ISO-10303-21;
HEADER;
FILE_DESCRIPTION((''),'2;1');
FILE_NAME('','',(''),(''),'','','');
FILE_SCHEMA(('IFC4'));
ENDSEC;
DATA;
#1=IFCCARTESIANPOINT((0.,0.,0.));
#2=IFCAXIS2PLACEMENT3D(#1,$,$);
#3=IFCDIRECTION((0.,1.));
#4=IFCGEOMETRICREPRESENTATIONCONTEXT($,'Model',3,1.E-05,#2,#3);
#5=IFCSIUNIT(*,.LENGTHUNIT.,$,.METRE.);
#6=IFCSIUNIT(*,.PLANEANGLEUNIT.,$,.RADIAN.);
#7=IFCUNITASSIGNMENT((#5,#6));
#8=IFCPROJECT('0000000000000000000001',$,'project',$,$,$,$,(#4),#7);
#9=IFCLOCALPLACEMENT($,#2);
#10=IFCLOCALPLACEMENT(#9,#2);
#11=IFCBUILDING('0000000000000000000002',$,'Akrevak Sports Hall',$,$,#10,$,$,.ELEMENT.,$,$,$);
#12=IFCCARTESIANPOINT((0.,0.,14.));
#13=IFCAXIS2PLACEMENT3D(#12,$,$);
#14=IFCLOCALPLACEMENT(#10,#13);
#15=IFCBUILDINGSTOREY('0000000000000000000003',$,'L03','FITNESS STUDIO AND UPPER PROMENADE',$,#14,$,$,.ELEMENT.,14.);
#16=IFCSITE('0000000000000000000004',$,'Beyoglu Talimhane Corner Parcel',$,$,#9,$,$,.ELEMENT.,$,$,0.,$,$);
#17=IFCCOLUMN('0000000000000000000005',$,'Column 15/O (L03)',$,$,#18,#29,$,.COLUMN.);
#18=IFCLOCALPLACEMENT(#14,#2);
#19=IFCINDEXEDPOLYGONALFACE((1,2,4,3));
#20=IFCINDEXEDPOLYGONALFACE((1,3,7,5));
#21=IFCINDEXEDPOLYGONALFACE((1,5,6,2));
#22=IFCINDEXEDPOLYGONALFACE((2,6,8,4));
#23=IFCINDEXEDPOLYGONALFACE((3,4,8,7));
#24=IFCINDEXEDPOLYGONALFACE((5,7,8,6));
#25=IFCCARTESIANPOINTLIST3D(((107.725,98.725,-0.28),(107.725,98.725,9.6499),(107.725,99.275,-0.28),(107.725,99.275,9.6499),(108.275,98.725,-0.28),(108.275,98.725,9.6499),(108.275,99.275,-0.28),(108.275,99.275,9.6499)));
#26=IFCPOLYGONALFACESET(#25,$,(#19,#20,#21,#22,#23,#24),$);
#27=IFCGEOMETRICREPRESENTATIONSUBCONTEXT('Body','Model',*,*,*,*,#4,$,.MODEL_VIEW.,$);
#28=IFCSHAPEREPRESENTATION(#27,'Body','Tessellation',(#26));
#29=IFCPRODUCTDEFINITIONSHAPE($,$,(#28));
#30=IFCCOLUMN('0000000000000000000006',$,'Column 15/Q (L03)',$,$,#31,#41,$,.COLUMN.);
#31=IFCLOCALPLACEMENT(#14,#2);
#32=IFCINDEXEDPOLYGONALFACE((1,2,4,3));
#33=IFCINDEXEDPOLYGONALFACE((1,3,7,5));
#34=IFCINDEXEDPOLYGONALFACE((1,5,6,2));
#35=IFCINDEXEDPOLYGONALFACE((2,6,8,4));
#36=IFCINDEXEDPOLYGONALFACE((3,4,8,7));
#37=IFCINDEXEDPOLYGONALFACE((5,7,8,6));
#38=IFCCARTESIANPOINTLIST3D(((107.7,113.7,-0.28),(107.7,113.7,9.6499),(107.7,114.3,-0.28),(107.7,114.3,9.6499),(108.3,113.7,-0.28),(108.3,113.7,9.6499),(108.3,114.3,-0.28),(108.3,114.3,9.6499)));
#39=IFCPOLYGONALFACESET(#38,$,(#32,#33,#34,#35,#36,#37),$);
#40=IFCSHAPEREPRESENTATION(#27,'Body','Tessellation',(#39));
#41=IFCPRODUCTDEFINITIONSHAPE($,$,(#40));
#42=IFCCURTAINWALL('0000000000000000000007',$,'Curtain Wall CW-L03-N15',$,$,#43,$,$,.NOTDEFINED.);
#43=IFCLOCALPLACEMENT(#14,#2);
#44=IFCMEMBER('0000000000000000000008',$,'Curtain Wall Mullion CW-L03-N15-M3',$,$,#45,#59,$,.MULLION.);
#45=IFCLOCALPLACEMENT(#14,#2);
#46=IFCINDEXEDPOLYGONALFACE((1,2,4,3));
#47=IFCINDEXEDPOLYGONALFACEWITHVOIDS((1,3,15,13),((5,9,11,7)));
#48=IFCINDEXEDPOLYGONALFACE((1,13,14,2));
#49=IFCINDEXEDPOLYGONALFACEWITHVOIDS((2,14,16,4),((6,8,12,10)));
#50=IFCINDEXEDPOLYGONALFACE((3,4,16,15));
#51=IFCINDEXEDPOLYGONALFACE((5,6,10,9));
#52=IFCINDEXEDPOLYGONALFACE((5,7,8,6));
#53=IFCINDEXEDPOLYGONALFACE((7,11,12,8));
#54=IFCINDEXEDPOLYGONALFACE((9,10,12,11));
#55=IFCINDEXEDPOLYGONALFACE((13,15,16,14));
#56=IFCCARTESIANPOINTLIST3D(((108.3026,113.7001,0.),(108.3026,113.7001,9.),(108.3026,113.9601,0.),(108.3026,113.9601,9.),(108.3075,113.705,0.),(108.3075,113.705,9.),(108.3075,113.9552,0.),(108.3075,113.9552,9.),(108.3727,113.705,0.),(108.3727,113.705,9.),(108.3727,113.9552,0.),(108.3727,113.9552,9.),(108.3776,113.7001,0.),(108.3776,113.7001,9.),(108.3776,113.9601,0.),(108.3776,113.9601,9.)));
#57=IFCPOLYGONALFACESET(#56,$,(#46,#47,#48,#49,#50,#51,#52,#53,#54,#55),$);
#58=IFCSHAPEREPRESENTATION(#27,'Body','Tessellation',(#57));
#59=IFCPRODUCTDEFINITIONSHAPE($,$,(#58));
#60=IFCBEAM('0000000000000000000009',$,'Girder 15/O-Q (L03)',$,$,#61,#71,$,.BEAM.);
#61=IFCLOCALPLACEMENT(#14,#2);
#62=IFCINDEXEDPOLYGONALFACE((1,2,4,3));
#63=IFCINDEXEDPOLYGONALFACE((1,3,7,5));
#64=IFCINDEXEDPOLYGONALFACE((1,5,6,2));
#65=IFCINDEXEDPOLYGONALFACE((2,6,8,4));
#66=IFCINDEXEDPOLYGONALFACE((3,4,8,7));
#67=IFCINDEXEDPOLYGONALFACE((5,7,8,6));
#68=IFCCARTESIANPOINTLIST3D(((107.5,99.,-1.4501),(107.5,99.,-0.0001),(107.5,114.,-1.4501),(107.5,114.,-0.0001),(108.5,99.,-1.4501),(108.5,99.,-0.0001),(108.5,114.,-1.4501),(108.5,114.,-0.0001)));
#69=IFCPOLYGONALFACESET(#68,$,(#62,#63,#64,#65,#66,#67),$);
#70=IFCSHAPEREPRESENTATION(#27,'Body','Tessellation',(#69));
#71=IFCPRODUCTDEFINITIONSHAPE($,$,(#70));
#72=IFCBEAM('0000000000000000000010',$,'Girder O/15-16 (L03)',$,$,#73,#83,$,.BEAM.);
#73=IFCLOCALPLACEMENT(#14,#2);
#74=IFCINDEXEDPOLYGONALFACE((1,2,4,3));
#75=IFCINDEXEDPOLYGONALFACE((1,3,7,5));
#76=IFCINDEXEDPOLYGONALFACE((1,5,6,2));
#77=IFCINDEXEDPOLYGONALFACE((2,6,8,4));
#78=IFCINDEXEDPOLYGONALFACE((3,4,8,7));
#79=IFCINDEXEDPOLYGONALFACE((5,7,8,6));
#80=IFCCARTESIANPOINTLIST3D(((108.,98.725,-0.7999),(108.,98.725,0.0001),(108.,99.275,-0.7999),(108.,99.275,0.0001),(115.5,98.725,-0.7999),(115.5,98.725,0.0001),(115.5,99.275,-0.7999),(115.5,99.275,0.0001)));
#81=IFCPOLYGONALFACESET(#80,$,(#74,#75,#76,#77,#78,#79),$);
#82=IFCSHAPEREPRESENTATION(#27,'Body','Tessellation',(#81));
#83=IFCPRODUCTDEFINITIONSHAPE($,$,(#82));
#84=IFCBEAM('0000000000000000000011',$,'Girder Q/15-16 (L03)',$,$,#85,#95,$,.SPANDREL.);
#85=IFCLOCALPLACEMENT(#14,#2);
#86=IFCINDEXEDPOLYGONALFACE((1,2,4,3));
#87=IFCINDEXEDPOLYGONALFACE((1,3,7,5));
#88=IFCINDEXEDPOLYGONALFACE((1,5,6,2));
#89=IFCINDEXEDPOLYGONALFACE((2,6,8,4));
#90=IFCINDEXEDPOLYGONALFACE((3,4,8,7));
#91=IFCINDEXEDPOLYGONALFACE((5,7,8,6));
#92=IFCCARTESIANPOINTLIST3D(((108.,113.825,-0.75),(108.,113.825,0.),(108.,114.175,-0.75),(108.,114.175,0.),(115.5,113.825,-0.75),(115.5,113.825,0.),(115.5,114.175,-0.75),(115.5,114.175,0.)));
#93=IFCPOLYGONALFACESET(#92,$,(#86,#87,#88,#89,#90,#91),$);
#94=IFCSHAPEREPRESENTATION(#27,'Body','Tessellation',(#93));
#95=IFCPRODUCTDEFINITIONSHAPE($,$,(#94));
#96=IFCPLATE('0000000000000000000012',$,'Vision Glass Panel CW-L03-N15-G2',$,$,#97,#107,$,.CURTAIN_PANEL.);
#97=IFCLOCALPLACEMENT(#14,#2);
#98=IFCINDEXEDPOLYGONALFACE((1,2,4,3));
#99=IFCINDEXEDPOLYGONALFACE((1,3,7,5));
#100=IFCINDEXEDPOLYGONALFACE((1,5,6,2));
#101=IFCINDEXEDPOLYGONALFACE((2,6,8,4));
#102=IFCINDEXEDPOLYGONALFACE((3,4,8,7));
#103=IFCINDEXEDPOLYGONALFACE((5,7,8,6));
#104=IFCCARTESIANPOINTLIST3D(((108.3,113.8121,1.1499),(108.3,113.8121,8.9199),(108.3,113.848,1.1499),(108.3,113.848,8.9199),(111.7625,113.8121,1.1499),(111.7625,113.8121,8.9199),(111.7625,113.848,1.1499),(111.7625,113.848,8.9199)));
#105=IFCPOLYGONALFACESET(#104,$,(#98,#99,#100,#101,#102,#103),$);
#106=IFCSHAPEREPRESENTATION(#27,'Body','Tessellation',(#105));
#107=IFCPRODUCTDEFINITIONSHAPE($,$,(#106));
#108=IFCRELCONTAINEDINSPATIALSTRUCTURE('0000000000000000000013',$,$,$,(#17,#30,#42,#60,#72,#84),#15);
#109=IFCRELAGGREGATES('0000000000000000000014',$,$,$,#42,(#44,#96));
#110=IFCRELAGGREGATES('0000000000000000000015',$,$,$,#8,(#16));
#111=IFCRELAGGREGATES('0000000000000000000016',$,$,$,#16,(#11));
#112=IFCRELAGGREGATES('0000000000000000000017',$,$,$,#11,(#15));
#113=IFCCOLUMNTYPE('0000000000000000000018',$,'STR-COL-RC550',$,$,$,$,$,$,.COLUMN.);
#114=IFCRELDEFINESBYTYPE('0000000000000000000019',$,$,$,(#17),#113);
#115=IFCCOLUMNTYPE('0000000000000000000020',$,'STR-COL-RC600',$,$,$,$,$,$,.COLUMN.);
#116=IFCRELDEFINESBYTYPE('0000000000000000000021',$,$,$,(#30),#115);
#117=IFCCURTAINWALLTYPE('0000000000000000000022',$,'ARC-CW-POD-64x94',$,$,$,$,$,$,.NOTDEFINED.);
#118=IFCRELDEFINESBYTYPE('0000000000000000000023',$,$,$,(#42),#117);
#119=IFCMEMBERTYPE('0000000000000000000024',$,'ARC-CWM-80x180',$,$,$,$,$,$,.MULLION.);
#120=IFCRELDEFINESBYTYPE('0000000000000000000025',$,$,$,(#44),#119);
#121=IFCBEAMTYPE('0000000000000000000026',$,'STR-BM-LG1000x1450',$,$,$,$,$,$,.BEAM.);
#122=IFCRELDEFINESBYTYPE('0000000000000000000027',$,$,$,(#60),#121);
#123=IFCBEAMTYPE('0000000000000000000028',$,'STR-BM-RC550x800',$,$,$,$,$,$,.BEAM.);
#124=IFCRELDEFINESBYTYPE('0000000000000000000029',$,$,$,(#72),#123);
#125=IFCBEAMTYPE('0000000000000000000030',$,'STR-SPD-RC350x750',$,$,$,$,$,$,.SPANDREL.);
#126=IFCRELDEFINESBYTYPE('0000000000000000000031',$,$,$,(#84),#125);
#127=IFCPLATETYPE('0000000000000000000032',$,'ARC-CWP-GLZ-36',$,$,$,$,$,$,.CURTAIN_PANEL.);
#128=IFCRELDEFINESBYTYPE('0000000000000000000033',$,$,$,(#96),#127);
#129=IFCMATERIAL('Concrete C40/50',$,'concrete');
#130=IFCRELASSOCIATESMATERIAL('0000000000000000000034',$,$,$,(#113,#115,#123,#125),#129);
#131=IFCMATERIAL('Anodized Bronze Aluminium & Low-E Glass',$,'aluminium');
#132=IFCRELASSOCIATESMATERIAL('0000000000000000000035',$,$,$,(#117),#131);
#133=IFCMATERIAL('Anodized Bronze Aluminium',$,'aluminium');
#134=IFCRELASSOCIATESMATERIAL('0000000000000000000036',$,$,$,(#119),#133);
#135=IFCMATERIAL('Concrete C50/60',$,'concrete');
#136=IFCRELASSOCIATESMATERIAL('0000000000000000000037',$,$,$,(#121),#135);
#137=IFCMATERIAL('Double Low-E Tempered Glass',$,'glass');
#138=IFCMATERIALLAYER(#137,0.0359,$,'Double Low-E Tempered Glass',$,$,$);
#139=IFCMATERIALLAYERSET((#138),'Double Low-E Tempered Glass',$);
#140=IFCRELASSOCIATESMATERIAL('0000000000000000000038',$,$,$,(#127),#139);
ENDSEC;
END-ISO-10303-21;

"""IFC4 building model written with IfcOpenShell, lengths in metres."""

from ifc_helpers import new_model, si_unit, direction, frame, origin, origin_2d, place, context, subcontext, project, spatial, rectangle, hollow_rectangle, extrude, material, layer, layer_set, material_profile, profile_set, type_object, element, aggregate, save


model = new_model("IFC4")

# Units and contexts
model_context = context("Model", 3, precision=1e-05, world=origin(), true_north=direction((0.0, 1.0)))
body_context = subcontext(model_context, "Body", "Model", "MODEL_VIEW")
ifc_project = project(units=[si_unit("LENGTHUNIT", "METRE"), si_unit("PLANEANGLEUNIT", "RADIAN")], contexts=[model_context])

# Site, building, storey
site_placement = place(None, origin())
site = spatial("IfcSite", under=ifc_project, at=site_placement, Name="Beyoglu Talimhane Corner Parcel", CompositionType="ELEMENT", RefElevation=0.0)
building_placement = place(site_placement, origin())
building = spatial("IfcBuilding", under=site, at=building_placement, Name="Akrevak Sports Hall", CompositionType="ELEMENT")
storey_placement = place(building_placement, frame((0.0, 0.0, 14.0)))
storey = spatial("IfcBuildingStorey", under=building, at=storey_placement, Name="L03", Description="FITNESS STUDIO AND UPPER PROMENADE", CompositionType="ELEMENT", Elevation=14.0)

# Columns
ifc_material_1 = material(Name="Concrete C40/50", Category="concrete")
ifc_material_profile_1 = material_profile(ifc_material_1, rectangle(XDim=0.55, YDim=0.55, at=origin_2d()), Name="RC 550x550", Category="concrete")
ifc_profile_set_1 = profile_set([ifc_material_profile_1], Name="Concrete C40/50")
column_type_1 = type_object("IfcColumnType", Name="STR-COL-RC550", PredefinedType="COLUMN", material=ifc_profile_set_1)
column_1_placement = place(storey_placement, frame((108.0, 99.0, -0.28), z_axis=(0.0, 0.0, 1.0), x_axis=(1.0, 0.0, 0.0)))
element("IfcColumn", 1, at=column_1_placement, inside=storey, type_object=column_type_1, Name="Column 15/O (L03)", PredefinedType="COLUMN", context=body_context, shape_type="SweptSolid", body=[
    extrude(rectangle(XDim=0.55, YDim=0.55, at=origin_2d()), origin(), (0.0, 0.0, 1.0), 9.9299),
])
ifc_material_profile_2 = material_profile(ifc_material_1, rectangle(XDim=0.6001, YDim=0.6001, at=origin_2d()), Name="RC 600x600", Category="concrete")
ifc_profile_set_2 = profile_set([ifc_material_profile_2], Name="Concrete C40/50")
column_type_2 = type_object("IfcColumnType", Name="STR-COL-RC600", PredefinedType="COLUMN", material=ifc_profile_set_2)
column_2_placement = place(storey_placement, frame((108.0, 114.0, -0.28), z_axis=(0.0, 0.0, 1.0), x_axis=(1.0, 0.0, 0.0)))
element("IfcColumn", 2, at=column_2_placement, inside=storey, type_object=column_type_2, Name="Column 15/Q (L03)", PredefinedType="COLUMN", context=body_context, shape_type="SweptSolid", body=[
    extrude(rectangle(XDim=0.6001, YDim=0.6001, at=origin_2d()), origin(), (0.0, 0.0, 1.0), 9.9299),
])

# Curtain wall, member
ifc_material_2 = material(Name="Anodized Bronze Aluminium & Low-E Glass", Category="aluminium")
curtain_wall_type = type_object("IfcCurtainWallType", Name="ARC-CW-POD-64x94", PredefinedType="NOTDEFINED", material=ifc_material_2)
curtain_wall_placement = place(storey_placement, origin())
curtain_wall = element("IfcCurtainWall", 3, at=curtain_wall_placement, inside=storey, type_object=curtain_wall_type, Name="Curtain Wall CW-L03-N15", PredefinedType="NOTDEFINED")
ifc_material_3 = material(Name="Anodized Bronze Aluminium", Category="aluminium")
ifc_material_profile_3 = material_profile(ifc_material_3, hollow_rectangle(XDim=0.075, YDim=0.26, WallThickness=0.0049, at=origin_2d()), Name="CWM 75x260", Category="aluminium")
ifc_profile_set_3 = profile_set([ifc_material_profile_3], Name="Anodized Bronze Aluminium")
member_type = type_object("IfcMemberType", Name="ARC-CWM-80x180", PredefinedType="MULLION", material=ifc_profile_set_3)
member_placement = place(storey_placement, frame((108.3401, 113.8301, 0.0), z_axis=(0.0, 0.0, 1.0), x_axis=(-1.0, 0.0, 0.0)))
member = element("IfcMember", 4, at=member_placement, type_object=member_type, Name="Curtain Wall Mullion CW-L03-N15-M3", PredefinedType="MULLION", context=body_context, shape_type="SweptSolid", body=[
    extrude(hollow_rectangle(XDim=0.075, YDim=0.26, WallThickness=0.0049, at=origin_2d()), origin(), (0.0, 0.0, 1.0), 9.0),
])

# Beams
ifc_material_4 = material(Name="Concrete C50/60", Category="concrete")
ifc_material_profile_4 = material_profile(ifc_material_4, rectangle(XDim=1.0, YDim=1.45, at=origin_2d()), Name="BM 1000x1450", Category="concrete")
ifc_profile_set_4 = profile_set([ifc_material_profile_4], Name="Concrete C50/60")
beam_type_1 = type_object("IfcBeamType", Name="STR-BM-LG1000x1450", PredefinedType="BEAM", material=ifc_profile_set_4)
beam_1_placement = place(storey_placement, frame((108.0, 99.0, -0.7251), z_axis=(0.0, 1.0, 0.0), x_axis=(-1.0, 0.0, 0.0)))
element("IfcBeam", 5, at=beam_1_placement, inside=storey, type_object=beam_type_1, Name="Girder 15/O-Q (L03)", PredefinedType="BEAM", context=body_context, shape_type="SweptSolid", body=[
    extrude(rectangle(XDim=1.0, YDim=1.45, at=origin_2d()), origin(), (0.0, 0.0, 1.0), 15.0),
])
ifc_material_profile_5 = material_profile(ifc_material_1, rectangle(XDim=0.55, YDim=0.8, at=origin_2d()), Name="BM 550x800", Category="concrete")
ifc_profile_set_5 = profile_set([ifc_material_profile_5], Name="Concrete C40/50")
beam_type_2 = type_object("IfcBeamType", Name="STR-BM-RC550x800", PredefinedType="BEAM", material=ifc_profile_set_5)
beam_2_placement = place(storey_placement, frame((108.0, 99.0, -0.3999), z_axis=(1.0, 0.0, 0.0), x_axis=(0.0, 1.0, 0.0)))
element("IfcBeam", 6, at=beam_2_placement, inside=storey, type_object=beam_type_2, Name="Girder O/15-16 (L03)", PredefinedType="BEAM", context=body_context, shape_type="SweptSolid", body=[
    extrude(rectangle(XDim=0.55, YDim=0.8, at=origin_2d()), origin(), (0.0, 0.0, 1.0), 7.5),
])
ifc_material_profile_6 = material_profile(ifc_material_1, rectangle(XDim=0.3501, YDim=0.75, at=origin_2d()), Name="SPD 350x750", Category="concrete")
ifc_profile_set_6 = profile_set([ifc_material_profile_6], Name="Concrete C40/50")
beam_type_3 = type_object("IfcBeamType", Name="STR-SPD-RC350x750", PredefinedType="SPANDREL", material=ifc_profile_set_6)
beam_3_placement = place(storey_placement, frame((108.0, 114.0, -0.375), z_axis=(1.0, 0.0, 0.0), x_axis=(0.0, 1.0, 0.0)))
element("IfcBeam", 7, at=beam_3_placement, inside=storey, type_object=beam_type_3, Name="Girder Q/15-16 (L03)", PredefinedType="SPANDREL", context=body_context, shape_type="SweptSolid", body=[
    extrude(rectangle(XDim=0.3501, YDim=0.75, at=origin_2d()), origin(), (0.0, 0.0, 1.0), 7.5),
])

# Plate
ifc_material_5 = material(Name="Double Low-E Tempered Glass", Category="glass")
ifc_layer_1 = layer(ifc_material_5, 0.0359, Name="Double Low-E Tempered Glass")
ifc_layer_set_1 = layer_set([ifc_layer_1], Name="Double Low-E Tempered Glass")
plate_type = type_object("IfcPlateType", Name="ARC-CWP-GLZ-36", PredefinedType="CURTAIN_PANEL", material=ifc_layer_set_1)
plate_placement = place(storey_placement, frame((110.0312, 113.8301, 1.1499), z_axis=(0.0, 0.0, 1.0), x_axis=(-1.0, 0.0, 0.0)))
plate = element("IfcPlate", 8, at=plate_placement, type_object=plate_type, Name="Vision Glass Panel CW-L03-N15-G2", PredefinedType="CURTAIN_PANEL", context=body_context, shape_type="SweptSolid", body=[
    extrude(rectangle(XDim=3.4624, YDim=0.0359, at=origin_2d()), origin(), (0.0, 0.0, 1.0), 7.77),
])
aggregate(curtain_wall, [member, plate])

save(model, "model.ifc")
